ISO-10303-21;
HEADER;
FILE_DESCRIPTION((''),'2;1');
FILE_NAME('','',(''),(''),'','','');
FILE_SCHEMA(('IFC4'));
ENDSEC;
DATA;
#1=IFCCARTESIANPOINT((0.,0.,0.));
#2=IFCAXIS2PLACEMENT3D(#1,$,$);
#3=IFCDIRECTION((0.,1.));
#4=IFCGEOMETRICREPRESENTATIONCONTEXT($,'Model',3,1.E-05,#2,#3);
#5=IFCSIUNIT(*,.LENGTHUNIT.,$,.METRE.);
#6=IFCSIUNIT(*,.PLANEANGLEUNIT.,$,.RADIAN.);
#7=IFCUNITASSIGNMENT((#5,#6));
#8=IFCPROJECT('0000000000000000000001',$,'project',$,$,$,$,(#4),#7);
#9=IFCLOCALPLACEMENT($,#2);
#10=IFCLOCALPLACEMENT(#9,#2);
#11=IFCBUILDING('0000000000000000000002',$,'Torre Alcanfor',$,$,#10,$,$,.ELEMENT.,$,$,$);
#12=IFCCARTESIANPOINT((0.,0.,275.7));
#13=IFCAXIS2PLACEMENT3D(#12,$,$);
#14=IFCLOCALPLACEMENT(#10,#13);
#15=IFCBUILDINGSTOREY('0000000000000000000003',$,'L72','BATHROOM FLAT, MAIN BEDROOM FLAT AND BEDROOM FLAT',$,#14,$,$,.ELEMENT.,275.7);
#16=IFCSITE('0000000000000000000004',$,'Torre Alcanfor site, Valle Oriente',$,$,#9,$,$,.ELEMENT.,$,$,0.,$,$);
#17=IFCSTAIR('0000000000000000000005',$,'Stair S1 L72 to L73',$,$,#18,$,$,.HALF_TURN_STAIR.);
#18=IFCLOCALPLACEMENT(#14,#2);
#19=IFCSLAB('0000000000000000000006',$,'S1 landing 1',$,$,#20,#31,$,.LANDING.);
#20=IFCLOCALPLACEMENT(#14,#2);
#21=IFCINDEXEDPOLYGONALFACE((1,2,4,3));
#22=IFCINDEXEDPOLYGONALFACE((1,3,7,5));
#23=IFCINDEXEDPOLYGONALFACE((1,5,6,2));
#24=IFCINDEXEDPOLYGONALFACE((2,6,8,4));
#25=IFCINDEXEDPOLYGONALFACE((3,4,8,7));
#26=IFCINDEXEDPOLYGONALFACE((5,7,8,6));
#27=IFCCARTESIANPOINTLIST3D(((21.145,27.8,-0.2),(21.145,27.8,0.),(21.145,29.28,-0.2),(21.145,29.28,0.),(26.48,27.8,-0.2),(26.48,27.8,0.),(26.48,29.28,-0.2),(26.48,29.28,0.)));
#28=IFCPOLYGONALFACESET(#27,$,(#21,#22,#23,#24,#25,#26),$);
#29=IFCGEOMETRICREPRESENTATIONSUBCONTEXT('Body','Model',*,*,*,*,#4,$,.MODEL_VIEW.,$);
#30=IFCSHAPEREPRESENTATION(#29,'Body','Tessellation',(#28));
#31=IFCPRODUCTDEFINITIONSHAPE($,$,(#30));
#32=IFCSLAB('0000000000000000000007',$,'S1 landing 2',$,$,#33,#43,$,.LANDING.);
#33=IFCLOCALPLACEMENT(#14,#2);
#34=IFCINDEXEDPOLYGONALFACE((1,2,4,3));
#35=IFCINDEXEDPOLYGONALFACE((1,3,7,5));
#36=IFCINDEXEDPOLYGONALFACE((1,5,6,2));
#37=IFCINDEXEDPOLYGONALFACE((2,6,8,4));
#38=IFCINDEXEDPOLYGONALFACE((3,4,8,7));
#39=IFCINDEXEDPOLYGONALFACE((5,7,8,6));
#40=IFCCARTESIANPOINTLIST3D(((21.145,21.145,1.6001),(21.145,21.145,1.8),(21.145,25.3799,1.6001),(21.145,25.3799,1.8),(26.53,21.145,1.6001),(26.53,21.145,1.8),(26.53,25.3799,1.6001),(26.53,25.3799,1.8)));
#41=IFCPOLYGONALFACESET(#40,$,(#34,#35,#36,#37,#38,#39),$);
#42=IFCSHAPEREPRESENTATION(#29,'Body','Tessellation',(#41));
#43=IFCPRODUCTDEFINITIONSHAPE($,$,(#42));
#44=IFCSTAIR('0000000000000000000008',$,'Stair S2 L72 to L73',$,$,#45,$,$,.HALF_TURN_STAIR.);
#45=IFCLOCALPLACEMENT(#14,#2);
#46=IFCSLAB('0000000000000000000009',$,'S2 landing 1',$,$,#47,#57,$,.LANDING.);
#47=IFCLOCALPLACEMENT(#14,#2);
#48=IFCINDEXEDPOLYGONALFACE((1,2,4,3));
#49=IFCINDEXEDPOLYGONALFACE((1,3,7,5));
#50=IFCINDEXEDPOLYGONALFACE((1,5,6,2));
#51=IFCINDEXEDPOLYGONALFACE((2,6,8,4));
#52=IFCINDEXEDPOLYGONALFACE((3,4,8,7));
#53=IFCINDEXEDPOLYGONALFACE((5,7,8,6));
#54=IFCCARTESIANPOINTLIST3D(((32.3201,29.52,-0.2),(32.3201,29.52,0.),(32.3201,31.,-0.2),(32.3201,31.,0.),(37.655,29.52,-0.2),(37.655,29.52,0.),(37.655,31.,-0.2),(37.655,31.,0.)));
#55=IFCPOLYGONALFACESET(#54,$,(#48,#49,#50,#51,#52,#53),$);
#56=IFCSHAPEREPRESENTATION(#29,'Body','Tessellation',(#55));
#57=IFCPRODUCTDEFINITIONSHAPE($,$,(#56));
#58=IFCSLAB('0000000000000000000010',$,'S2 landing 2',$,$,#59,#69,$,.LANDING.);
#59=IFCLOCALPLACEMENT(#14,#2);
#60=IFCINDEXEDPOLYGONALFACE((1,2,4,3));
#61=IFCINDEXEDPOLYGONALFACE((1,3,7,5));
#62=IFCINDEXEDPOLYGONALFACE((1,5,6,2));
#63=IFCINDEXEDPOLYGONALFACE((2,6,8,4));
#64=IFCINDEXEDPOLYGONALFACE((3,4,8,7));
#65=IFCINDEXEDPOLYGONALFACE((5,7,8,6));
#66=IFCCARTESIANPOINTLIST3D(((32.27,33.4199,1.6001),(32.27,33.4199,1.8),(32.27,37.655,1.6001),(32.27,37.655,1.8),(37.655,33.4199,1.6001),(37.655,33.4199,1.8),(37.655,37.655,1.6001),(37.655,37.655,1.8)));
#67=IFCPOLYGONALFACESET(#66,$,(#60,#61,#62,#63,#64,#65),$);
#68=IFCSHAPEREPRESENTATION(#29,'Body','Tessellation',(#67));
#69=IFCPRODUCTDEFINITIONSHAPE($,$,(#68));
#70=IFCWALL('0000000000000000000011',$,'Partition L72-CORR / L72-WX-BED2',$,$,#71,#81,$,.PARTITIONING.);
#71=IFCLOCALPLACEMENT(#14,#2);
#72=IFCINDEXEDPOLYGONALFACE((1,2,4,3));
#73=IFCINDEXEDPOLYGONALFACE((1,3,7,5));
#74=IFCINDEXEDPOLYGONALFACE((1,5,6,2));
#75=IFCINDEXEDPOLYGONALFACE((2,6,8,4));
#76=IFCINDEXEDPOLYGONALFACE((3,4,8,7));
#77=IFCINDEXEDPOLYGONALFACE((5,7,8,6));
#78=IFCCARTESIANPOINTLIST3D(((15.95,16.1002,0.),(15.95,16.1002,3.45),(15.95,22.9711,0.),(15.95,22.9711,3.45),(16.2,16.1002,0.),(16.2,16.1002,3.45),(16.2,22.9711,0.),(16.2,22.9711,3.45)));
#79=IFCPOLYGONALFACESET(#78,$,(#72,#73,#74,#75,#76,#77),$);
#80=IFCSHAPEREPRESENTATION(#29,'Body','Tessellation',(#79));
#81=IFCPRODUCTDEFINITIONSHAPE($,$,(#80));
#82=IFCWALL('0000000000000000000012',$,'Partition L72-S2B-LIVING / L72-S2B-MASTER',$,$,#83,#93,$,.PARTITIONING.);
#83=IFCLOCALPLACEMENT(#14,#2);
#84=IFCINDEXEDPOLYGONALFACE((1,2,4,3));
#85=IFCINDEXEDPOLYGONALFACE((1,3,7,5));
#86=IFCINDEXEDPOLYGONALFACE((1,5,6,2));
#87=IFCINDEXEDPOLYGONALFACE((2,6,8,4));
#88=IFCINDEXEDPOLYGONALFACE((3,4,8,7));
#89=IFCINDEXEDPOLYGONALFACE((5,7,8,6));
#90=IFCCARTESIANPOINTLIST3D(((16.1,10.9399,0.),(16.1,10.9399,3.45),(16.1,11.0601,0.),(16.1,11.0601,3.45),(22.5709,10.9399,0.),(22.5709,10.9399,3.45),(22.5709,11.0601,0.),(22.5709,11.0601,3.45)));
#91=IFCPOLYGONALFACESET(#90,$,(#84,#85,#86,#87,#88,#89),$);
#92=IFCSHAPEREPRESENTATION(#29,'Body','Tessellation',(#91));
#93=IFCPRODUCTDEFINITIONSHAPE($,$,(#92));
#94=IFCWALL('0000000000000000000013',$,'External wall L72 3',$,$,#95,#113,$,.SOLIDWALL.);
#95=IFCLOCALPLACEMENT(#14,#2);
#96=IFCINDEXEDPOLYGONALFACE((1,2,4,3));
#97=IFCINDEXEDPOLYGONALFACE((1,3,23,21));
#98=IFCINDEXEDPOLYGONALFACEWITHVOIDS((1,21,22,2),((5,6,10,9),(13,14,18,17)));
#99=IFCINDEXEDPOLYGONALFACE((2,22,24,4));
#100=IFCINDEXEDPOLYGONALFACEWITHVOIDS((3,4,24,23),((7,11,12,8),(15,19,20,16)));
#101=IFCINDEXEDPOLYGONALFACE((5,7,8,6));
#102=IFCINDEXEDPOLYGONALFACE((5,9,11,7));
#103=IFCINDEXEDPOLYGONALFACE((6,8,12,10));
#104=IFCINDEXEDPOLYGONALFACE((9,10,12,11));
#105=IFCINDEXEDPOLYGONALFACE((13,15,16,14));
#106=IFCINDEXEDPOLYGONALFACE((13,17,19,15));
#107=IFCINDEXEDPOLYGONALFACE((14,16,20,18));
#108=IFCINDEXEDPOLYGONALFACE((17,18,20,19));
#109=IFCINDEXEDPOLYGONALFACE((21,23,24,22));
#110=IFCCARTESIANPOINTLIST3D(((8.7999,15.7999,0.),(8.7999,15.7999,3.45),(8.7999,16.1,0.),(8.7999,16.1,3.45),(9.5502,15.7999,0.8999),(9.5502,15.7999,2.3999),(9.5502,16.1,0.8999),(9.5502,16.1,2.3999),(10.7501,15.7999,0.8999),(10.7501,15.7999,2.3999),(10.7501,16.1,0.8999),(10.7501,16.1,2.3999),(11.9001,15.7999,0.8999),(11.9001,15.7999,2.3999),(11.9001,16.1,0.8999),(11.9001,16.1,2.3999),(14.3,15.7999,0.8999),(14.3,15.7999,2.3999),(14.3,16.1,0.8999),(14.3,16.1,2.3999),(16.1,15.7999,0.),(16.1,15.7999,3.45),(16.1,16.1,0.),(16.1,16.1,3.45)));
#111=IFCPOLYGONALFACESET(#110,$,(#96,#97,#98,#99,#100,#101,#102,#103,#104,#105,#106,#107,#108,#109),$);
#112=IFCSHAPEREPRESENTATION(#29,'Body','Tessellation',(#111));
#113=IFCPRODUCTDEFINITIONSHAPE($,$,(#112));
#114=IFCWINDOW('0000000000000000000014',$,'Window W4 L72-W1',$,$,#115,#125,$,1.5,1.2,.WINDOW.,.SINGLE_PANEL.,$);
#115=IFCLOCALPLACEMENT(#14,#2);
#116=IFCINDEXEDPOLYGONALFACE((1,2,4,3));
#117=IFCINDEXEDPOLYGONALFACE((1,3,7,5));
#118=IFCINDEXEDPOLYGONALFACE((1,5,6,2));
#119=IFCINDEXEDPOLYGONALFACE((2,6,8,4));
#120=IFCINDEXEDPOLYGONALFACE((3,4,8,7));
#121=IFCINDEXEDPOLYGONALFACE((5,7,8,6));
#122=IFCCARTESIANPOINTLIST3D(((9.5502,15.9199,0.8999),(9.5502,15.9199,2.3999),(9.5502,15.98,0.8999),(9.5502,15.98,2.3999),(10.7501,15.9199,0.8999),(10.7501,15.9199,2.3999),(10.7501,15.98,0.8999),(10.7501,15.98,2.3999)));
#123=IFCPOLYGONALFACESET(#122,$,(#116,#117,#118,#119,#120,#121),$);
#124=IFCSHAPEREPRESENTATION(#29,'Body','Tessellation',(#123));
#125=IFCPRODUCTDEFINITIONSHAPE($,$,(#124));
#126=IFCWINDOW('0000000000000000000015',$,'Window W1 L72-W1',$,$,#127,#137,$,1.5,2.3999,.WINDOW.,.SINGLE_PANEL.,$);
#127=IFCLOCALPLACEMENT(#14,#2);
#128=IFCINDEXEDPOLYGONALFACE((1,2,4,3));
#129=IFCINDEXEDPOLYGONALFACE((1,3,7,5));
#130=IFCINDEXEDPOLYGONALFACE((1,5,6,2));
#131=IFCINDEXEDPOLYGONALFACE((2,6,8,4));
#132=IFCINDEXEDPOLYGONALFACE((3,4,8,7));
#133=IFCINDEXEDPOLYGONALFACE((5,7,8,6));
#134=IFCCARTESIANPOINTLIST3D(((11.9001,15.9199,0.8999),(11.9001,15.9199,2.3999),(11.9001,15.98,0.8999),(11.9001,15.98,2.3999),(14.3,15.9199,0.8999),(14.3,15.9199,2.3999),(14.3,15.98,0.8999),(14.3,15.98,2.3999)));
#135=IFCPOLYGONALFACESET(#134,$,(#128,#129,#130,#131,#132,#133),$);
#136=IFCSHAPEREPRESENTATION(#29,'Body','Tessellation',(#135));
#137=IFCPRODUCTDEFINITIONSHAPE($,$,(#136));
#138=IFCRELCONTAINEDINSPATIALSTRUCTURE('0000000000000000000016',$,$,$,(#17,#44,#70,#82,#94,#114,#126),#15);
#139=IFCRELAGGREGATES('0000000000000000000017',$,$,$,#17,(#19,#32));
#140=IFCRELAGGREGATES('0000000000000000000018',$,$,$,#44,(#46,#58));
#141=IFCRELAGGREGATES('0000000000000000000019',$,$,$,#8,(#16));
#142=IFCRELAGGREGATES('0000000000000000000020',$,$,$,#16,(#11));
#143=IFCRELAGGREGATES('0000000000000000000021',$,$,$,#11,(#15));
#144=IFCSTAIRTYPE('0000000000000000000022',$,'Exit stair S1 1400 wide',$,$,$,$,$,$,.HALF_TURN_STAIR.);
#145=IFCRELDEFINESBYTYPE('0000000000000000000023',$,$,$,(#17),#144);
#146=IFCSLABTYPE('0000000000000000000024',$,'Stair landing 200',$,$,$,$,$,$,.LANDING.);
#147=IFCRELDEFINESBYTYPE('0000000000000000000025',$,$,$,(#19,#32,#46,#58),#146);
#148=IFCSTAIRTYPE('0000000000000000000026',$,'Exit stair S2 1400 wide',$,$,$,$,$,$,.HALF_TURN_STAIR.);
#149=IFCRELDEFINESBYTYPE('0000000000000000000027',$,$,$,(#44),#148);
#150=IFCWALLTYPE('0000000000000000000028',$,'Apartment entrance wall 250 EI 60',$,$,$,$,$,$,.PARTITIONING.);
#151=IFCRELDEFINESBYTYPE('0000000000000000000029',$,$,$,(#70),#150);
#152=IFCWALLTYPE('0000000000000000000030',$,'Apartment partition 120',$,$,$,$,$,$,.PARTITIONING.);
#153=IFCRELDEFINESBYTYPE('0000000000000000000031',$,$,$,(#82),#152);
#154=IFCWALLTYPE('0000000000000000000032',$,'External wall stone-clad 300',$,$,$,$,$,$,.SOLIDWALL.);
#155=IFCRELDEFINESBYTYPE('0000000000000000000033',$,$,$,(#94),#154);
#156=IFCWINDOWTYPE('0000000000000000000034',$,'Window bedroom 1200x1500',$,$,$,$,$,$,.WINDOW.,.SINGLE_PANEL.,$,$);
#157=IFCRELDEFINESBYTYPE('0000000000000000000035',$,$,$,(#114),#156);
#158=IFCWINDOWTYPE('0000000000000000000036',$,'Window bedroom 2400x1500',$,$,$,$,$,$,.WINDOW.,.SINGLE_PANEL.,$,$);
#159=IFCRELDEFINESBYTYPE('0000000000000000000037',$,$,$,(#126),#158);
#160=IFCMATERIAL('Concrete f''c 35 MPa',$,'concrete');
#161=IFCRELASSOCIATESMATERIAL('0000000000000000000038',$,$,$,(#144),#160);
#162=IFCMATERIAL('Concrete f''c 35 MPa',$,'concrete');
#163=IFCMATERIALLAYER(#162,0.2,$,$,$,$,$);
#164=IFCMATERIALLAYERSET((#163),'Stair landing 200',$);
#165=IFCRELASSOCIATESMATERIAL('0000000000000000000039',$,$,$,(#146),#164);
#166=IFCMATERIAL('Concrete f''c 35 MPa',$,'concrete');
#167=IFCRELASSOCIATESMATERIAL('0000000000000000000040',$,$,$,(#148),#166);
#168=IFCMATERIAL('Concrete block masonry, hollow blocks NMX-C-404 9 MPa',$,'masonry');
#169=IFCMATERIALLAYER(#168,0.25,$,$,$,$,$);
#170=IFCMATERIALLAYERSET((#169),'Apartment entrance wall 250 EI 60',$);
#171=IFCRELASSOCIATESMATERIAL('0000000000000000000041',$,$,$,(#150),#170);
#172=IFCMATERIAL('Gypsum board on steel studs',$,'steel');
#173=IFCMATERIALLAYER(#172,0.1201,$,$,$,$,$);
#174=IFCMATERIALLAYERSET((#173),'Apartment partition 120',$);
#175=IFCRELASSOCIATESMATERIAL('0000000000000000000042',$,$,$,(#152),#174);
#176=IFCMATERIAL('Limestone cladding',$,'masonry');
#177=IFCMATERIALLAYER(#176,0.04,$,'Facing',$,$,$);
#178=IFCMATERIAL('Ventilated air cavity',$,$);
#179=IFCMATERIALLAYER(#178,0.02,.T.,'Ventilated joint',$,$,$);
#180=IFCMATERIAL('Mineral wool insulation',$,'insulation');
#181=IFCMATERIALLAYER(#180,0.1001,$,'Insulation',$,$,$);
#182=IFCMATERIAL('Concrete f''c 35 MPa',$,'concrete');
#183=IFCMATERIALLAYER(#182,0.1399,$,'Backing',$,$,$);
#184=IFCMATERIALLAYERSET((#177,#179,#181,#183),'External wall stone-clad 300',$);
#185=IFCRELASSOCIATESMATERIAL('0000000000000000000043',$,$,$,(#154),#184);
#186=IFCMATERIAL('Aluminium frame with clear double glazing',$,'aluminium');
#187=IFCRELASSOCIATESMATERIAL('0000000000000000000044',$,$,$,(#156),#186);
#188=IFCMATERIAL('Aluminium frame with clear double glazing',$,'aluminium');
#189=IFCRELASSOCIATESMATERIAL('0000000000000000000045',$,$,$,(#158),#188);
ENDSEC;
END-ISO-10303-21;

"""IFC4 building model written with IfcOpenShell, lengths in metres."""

from ifc_helpers import new_model, si_unit, direction, frame, frame_2d, origin, place, context, subcontext, project, spatial, polyline, rectangle, outline, extrude, material, layer, layer_set, type_object, element, fill, aggregate, save


model = new_model("IFC4")

# Units and contexts
model_context = context("Model", 3, precision=1e-05, world=origin(), true_north=direction((0.0, 1.0)))
body_context = subcontext(model_context, "Body", "Model", "MODEL_VIEW")
ifc_project = project(units=[si_unit("LENGTHUNIT", "METRE"), si_unit("PLANEANGLEUNIT", "RADIAN")], contexts=[model_context])

# Site, building, storey
site_placement = place(None, origin())
site = spatial("IfcSite", under=ifc_project, at=site_placement, Name="Torre Alcanfor site, Valle Oriente", CompositionType="ELEMENT", RefElevation=0.0)
building_placement = place(site_placement, origin())
building = spatial("IfcBuilding", under=site, at=building_placement, Name="Torre Alcanfor", CompositionType="ELEMENT")
storey_placement = place(building_placement, frame((0.0, 0.0, 275.7)))
storey = spatial("IfcBuildingStorey", under=building, at=storey_placement, Name="L72", Description="BATHROOM FLAT, MAIN BEDROOM FLAT AND BEDROOM FLAT", CompositionType="ELEMENT", Elevation=275.7)

# Stairs, slabs
ifc_material_1 = material(Name="Concrete f'c 35 MPa", Category="concrete")
stair_type_1 = type_object("IfcStairType", Name="Exit stair S1 1400 wide", PredefinedType="HALF_TURN_STAIR", material=ifc_material_1)
stair_1_placement = place(storey_placement, origin())
stair_1 = element("IfcStair", 1, at=stair_1_placement, inside=storey, type_object=stair_type_1, Name="Stair S1 L72 to L73", PredefinedType="HALF_TURN_STAIR")
ifc_material_2 = material(Name="Concrete f'c 35 MPa", Category="concrete")
ifc_layer_1 = layer(ifc_material_2, 0.2)
ifc_layer_set_1 = layer_set([ifc_layer_1], Name="Stair landing 200")
slab_type_1 = type_object("IfcSlabType", Name="Stair landing 200", PredefinedType="LANDING", material=ifc_layer_set_1)
slab_1_placement = place(storey_placement, frame((0.0, 0.0, -0.2)))
slab_1 = element("IfcSlab", 2, at=slab_1_placement, type_object=slab_type_1, Name="S1 landing 1", PredefinedType="LANDING", context=body_context, shape_type="SweptSolid", body=[
    extrude(outline(polyline([(21.145, 27.8), (26.48, 27.8), (26.48, 29.28), (21.145, 29.28), (21.145, 27.8)])), origin(), (0.0, 0.0, 1.0), 0.2),
])
slab_2_placement = place(storey_placement, frame((0.0, 0.0, 1.6001)))
slab_2 = element("IfcSlab", 3, at=slab_2_placement, type_object=slab_type_1, Name="S1 landing 2", PredefinedType="LANDING", context=body_context, shape_type="SweptSolid", body=[
    extrude(outline(polyline([(21.145, 21.145), (26.53, 21.145), (26.53, 25.3799), (21.145, 25.3799), (21.145, 21.145)])), origin(), (0.0, 0.0, 1.0), 0.2),
])
aggregate(stair_1, [slab_1, slab_2])
ifc_material_3 = material(Name="Concrete f'c 35 MPa", Category="concrete")
stair_type_2 = type_object("IfcStairType", Name="Exit stair S2 1400 wide", PredefinedType="HALF_TURN_STAIR", material=ifc_material_3)
stair_2_placement = place(storey_placement, origin())
stair_2 = element("IfcStair", 4, at=stair_2_placement, inside=storey, type_object=stair_type_2, Name="Stair S2 L72 to L73", PredefinedType="HALF_TURN_STAIR")
slab_3_placement = place(storey_placement, frame((0.0, 0.0, -0.2)))
slab_3 = element("IfcSlab", 5, at=slab_3_placement, type_object=slab_type_1, Name="S2 landing 1", PredefinedType="LANDING", context=body_context, shape_type="SweptSolid", body=[
    extrude(outline(polyline([(32.3201, 29.52), (37.655, 29.52), (37.655, 31.0), (32.3201, 31.0), (32.3201, 29.52)])), origin(), (0.0, 0.0, 1.0), 0.2),
])
slab_4_placement = place(storey_placement, frame((0.0, 0.0, 1.6001)))
slab_4 = element("IfcSlab", 6, at=slab_4_placement, type_object=slab_type_1, Name="S2 landing 2", PredefinedType="LANDING", context=body_context, shape_type="SweptSolid", body=[
    extrude(outline(polyline([(32.27, 33.4199), (37.655, 33.4199), (37.655, 37.655), (32.27, 37.655), (32.27, 33.4199)])), origin(), (0.0, 0.0, 1.0), 0.2),
])
aggregate(stair_2, [slab_3, slab_4])

# Walls
ifc_material_4 = material(Name="Concrete block masonry, hollow blocks NMX-C-404 9 MPa", Category="masonry")
ifc_layer_2 = layer(ifc_material_4, 0.25)
ifc_layer_set_2 = layer_set([ifc_layer_2], Name="Apartment entrance wall 250 EI 60")
wall_type_1 = type_object("IfcWallType", Name="Apartment entrance wall 250 EI 60", PredefinedType="PARTITIONING", material=ifc_layer_set_2)
wall_1_placement = place(storey_placement, frame((16.075, 16.1001, 0.0), z_axis=(0.0, 0.0, 1.0), x_axis=(0.0, 1.0, 0.0)))
element("IfcWall", 7, at=wall_1_placement, inside=storey, type_object=wall_type_1, Name="Partition L72-CORR / L72-WX-BED2", PredefinedType="PARTITIONING", context=body_context, shape_type="SweptSolid", body=[
    extrude(rectangle(XDim=6.8708, YDim=0.25, at=frame_2d((3.4355, 0.0))), origin(), (0.0, 0.0, 1.0), 3.45),
])
ifc_material_5 = material(Name="Gypsum board on steel studs", Category="steel")
ifc_layer_3 = layer(ifc_material_5, 0.1201)
ifc_layer_set_3 = layer_set([ifc_layer_3], Name="Apartment partition 120")
wall_type_2 = type_object("IfcWallType", Name="Apartment partition 120", PredefinedType="PARTITIONING", material=ifc_layer_set_3)
wall_2_placement = place(storey_placement, frame((16.1001, 11.0, 0.0), z_axis=(0.0, 0.0, 1.0), x_axis=(1.0, 0.0, 0.0)))
element("IfcWall", 8, at=wall_2_placement, inside=storey, type_object=wall_type_2, Name="Partition L72-S2B-LIVING / L72-S2B-MASTER", PredefinedType="PARTITIONING", context=body_context, shape_type="SweptSolid", body=[
    extrude(rectangle(XDim=6.4709, YDim=0.1201, at=frame_2d((3.2354, 0.0))), origin(), (0.0, 0.0, 1.0), 3.45),
])

# Wall, openings, windows
ifc_material_6 = material(Name="Limestone cladding", Category="masonry")
ifc_layer_4 = layer(ifc_material_6, 0.04, Name="Facing")
ifc_material_7 = material(Name="Ventilated air cavity")
ifc_layer_5 = layer(ifc_material_7, 0.02, ventilated=True, Name="Ventilated joint")
ifc_material_8 = material(Name="Mineral wool insulation", Category="insulation")
ifc_layer_6 = layer(ifc_material_8, 0.1001, Name="Insulation")
ifc_material_9 = material(Name="Concrete f'c 35 MPa", Category="concrete")
ifc_layer_7 = layer(ifc_material_9, 0.1399, Name="Backing")
ifc_layer_set_4 = layer_set([ifc_layer_4, ifc_layer_5, ifc_layer_6, ifc_layer_7], Name="External wall stone-clad 300")
wall_type_3 = type_object("IfcWallType", Name="External wall stone-clad 300", PredefinedType="SOLIDWALL", material=ifc_layer_set_4)
wall_3_placement = place(storey_placement, frame((8.8, 15.95, 0.0), z_axis=(0.0, 0.0, 1.0), x_axis=(1.0, 0.0, 0.0)))
wall_3 = element("IfcWall", 9, at=wall_3_placement, inside=storey, type_object=wall_type_3, Name="External wall L72 3", PredefinedType="SOLIDWALL", context=body_context, shape_type="SweptSolid", body=[
    extrude(rectangle(XDim=7.3, YDim=0.3, at=frame_2d((3.6499, 0.0))), origin(), (0.0, 0.0, 1.0), 3.45),
])
opening_1_placement = place(wall_3_placement, frame((3.1001, 0.0, 0.8999)))
opening_1 = element("IfcOpeningElement", 10, at=opening_1_placement, cuts=wall_3, PredefinedType="OPENING", context=body_context, shape_type="SweptSolid", body=[
    extrude(rectangle(XDim=2.3999, YDim=1.5, at=frame_2d((1.2, 0.75))), frame((0.0, 0.1599, 0.0), z_axis=(0.0, -1.0, 0.0), x_axis=(1.0, 0.0, 0.0)), (0.0, 0.0, 1.0), 0.3201),
])
opening_2_placement = place(wall_3_placement, frame((0.75, 0.0, 0.8999)))
opening_2 = element("IfcOpeningElement", 11, at=opening_2_placement, cuts=wall_3, PredefinedType="OPENING", context=body_context, shape_type="SweptSolid", body=[
    extrude(rectangle(XDim=1.2, YDim=1.5, at=frame_2d((0.6001, 0.75))), frame((0.0, 0.1599, 0.0), z_axis=(0.0, -1.0, 0.0), x_axis=(1.0, 0.0, 0.0)), (0.0, 0.0, 1.0), 0.3201),
])
ifc_material_10 = material(Name="Aluminium frame with clear double glazing", Category="aluminium")
window_type_1 = type_object("IfcWindowType", Name="Window bedroom 1200x1500", PartitioningType="SINGLE_PANEL", PredefinedType="WINDOW", material=ifc_material_10)
window_1_placement = place(opening_2_placement, origin())
window_1 = element("IfcWindow", 12, at=window_1_placement, inside=storey, type_object=window_type_1, Name="Window W4 L72-W1", OverallHeight=1.5, OverallWidth=1.2, PartitioningType="SINGLE_PANEL", PredefinedType="WINDOW", context=body_context, shape_type="SweptSolid", body=[
    extrude(rectangle(XDim=1.2, YDim=1.5, at=frame_2d((0.6001, 0.75))), frame((0.0, 0.03, 0.0), z_axis=(0.0, -1.0, 0.0), x_axis=(1.0, 0.0, 0.0)), (0.0, 0.0, 1.0), 0.0601),
])
fill(opening_2, window_1)
ifc_material_11 = material(Name="Aluminium frame with clear double glazing", Category="aluminium")
window_type_2 = type_object("IfcWindowType", Name="Window bedroom 2400x1500", PartitioningType="SINGLE_PANEL", PredefinedType="WINDOW", material=ifc_material_11)
window_2_placement = place(opening_1_placement, origin())
window_2 = element("IfcWindow", 13, at=window_2_placement, inside=storey, type_object=window_type_2, Name="Window W1 L72-W1", OverallHeight=1.5, OverallWidth=2.3999, PartitioningType="SINGLE_PANEL", PredefinedType="WINDOW", context=body_context, shape_type="SweptSolid", body=[
    extrude(rectangle(XDim=2.3999, YDim=1.5, at=frame_2d((1.2, 0.75))), frame((0.0, 0.03, 0.0), z_axis=(0.0, -1.0, 0.0), x_axis=(1.0, 0.0, 0.0)), (0.0, 0.0, 1.0), 0.0601),
])
fill(opening_1, window_2)

save(model, "model.ifc")
